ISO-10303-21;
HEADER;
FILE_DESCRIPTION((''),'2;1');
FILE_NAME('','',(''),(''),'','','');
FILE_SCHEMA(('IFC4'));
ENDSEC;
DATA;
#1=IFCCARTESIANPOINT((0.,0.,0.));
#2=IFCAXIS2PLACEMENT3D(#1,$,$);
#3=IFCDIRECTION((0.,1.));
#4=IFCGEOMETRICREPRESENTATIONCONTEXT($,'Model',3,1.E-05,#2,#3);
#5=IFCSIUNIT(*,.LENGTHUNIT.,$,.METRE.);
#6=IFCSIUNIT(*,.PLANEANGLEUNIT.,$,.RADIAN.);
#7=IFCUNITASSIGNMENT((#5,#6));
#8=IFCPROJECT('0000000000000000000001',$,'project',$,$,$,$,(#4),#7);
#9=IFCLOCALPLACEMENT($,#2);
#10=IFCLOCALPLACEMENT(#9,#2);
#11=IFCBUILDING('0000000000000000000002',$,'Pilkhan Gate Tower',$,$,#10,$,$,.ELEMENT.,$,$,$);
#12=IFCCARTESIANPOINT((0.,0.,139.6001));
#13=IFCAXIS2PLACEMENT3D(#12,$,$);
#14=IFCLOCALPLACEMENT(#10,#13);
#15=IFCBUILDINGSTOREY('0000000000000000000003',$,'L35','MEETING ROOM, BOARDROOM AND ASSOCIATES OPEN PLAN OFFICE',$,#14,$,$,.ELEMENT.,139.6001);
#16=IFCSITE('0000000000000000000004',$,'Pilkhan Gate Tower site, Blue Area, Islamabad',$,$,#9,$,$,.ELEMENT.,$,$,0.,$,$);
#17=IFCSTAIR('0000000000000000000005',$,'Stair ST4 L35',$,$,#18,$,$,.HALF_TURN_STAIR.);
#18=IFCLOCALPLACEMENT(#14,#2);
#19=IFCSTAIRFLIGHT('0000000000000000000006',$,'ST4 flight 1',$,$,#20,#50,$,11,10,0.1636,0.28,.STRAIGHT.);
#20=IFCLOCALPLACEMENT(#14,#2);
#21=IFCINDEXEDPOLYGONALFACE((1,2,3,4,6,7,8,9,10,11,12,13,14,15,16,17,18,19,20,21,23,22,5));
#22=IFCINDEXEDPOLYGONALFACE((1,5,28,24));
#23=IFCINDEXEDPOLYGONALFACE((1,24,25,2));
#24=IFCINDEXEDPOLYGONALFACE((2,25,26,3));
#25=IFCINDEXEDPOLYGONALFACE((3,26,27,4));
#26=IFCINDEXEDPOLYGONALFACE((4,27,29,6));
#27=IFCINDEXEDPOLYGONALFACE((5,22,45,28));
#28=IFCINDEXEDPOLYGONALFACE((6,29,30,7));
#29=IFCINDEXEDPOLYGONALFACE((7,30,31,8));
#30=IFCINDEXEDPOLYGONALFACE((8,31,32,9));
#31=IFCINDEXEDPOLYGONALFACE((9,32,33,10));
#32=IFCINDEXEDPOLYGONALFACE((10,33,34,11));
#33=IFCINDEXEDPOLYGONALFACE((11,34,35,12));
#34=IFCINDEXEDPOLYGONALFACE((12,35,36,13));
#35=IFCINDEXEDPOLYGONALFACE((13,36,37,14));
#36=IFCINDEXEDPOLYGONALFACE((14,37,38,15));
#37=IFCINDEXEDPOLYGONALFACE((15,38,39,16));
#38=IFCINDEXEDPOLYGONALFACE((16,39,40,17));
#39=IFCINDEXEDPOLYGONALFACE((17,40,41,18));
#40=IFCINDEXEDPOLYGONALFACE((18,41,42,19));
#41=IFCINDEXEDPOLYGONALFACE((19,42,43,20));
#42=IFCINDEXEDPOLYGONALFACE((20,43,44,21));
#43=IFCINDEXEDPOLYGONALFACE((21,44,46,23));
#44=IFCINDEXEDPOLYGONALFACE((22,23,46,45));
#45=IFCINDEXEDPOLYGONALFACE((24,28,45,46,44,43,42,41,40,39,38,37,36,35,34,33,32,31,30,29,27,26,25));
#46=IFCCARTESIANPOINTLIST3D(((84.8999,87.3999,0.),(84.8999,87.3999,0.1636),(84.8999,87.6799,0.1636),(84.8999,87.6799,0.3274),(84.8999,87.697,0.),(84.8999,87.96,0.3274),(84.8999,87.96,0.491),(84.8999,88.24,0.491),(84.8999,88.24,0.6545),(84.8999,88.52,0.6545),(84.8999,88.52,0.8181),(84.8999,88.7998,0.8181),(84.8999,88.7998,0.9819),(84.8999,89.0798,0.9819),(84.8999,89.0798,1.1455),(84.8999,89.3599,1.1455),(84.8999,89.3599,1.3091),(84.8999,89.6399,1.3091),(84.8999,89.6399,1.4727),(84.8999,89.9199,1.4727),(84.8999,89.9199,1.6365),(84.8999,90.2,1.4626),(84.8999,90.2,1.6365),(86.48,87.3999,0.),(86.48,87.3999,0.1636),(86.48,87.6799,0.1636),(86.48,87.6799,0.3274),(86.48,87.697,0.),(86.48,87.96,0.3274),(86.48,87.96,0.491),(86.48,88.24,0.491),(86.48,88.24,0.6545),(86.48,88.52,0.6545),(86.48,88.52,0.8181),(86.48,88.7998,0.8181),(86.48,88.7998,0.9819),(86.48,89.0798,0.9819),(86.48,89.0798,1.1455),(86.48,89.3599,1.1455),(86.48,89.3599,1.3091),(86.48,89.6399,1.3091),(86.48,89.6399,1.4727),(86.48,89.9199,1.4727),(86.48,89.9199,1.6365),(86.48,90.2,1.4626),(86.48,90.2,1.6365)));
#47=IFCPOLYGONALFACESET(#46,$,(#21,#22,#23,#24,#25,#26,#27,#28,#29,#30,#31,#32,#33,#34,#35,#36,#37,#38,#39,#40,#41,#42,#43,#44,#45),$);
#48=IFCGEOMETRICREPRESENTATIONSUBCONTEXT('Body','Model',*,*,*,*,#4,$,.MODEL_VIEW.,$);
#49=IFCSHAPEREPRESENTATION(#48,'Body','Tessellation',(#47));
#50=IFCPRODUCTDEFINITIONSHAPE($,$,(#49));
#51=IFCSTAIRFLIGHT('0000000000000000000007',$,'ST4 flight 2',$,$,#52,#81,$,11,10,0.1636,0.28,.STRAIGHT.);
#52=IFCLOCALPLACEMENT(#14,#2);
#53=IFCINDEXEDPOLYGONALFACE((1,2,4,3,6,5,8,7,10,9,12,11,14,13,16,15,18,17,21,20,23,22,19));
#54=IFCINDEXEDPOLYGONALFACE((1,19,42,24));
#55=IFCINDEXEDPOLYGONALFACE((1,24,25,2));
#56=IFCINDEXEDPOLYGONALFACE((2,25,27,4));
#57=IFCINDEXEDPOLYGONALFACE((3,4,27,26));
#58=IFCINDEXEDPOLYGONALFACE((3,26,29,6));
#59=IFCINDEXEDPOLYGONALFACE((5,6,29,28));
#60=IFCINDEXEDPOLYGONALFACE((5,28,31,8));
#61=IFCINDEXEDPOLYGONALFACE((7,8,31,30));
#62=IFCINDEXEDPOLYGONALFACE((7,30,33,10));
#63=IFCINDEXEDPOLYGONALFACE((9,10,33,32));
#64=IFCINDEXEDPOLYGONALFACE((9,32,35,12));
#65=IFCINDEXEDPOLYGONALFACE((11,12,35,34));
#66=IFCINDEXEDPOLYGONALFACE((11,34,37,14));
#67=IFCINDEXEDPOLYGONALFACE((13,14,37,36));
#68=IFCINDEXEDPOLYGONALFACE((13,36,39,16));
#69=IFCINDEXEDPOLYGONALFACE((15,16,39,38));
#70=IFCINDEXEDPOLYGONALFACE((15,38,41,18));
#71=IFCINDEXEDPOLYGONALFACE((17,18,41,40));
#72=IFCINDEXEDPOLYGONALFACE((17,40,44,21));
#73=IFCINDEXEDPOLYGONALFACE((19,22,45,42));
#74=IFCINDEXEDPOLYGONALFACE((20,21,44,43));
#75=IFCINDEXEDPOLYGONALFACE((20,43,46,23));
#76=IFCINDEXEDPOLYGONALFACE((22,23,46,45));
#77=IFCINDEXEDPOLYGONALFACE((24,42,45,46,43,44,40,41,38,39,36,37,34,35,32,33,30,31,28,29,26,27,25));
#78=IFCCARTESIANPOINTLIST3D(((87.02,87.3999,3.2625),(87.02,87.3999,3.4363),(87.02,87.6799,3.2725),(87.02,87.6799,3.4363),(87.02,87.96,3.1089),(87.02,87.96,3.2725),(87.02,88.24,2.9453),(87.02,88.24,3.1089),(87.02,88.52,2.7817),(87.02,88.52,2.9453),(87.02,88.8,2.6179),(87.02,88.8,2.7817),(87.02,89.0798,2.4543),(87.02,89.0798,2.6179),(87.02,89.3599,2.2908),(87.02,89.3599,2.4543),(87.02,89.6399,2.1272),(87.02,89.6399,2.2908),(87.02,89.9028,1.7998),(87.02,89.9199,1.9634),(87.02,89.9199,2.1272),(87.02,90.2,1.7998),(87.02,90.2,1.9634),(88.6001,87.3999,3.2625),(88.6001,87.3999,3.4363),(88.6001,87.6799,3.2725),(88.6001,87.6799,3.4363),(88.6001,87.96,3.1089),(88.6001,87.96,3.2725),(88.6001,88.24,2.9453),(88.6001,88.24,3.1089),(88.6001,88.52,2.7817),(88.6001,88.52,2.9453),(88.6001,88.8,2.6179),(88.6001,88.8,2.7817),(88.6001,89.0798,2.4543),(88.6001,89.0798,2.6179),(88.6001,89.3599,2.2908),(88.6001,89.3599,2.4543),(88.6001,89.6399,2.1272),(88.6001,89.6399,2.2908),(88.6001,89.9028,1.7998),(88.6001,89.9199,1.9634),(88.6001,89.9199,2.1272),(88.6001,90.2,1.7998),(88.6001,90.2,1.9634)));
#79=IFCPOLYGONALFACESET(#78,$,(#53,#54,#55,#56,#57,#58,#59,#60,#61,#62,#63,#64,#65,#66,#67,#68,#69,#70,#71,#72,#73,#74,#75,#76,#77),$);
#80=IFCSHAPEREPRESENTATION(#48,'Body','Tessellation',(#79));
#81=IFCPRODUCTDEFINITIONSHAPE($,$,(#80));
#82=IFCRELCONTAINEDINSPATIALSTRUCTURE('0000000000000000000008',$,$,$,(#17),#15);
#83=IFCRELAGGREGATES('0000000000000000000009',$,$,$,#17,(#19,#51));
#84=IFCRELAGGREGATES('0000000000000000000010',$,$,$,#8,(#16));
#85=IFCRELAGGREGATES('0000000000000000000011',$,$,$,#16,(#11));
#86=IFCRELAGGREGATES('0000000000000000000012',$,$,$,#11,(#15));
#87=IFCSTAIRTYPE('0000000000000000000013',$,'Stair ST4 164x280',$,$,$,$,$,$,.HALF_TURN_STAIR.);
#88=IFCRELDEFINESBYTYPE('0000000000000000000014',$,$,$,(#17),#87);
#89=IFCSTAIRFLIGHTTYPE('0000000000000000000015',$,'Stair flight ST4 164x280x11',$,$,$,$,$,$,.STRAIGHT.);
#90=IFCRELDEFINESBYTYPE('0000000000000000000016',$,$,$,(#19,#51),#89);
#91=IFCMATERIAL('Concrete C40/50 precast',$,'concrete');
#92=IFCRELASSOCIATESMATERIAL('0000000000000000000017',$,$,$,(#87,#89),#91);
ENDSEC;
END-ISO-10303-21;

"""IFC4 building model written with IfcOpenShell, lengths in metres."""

from ifc_helpers import new_model, si_unit, direction, frame, origin, place, context, subcontext, project, spatial, polyline, outline, extrude, material, type_object, element, aggregate, save


model = new_model("IFC4")

# Units and contexts
model_context = context("Model", 3, precision=1e-05, world=origin(), true_north=direction((0.0, 1.0)))
body_context = subcontext(model_context, "Body", "Model", "MODEL_VIEW")
ifc_project = project(units=[si_unit("LENGTHUNIT", "METRE"), si_unit("PLANEANGLEUNIT", "RADIAN")], contexts=[model_context])

# Site, building, storey
site_placement = place(None, origin())
site = spatial("IfcSite", under=ifc_project, at=site_placement, Name="Pilkhan Gate Tower site, Blue Area, Islamabad", CompositionType="ELEMENT", RefElevation=0.0)
building_placement = place(site_placement, origin())
building = spatial("IfcBuilding", under=site, at=building_placement, Name="Pilkhan Gate Tower", CompositionType="ELEMENT")
storey_placement = place(building_placement, frame((0.0, 0.0, 139.6001)))
storey = spatial("IfcBuildingStorey", under=building, at=storey_placement, Name="L35", Description="MEETING ROOM, BOARDROOM AND ASSOCIATES OPEN PLAN OFFICE", CompositionType="ELEMENT", Elevation=139.6001)

# Stair, stair flights
ifc_material_1 = material(Name="Concrete C40/50 precast", Category="concrete")
stair_type = type_object("IfcStairType", Name="Stair ST4 164x280", PredefinedType="HALF_TURN_STAIR", material=ifc_material_1)
stair_placement = place(storey_placement, origin())
stair = element("IfcStair", 1, at=stair_placement, inside=storey, type_object=stair_type, Name="Stair ST4 L35", PredefinedType="HALF_TURN_STAIR")
stair_flight_type = type_object("IfcStairFlightType", Name="Stair flight ST4 164x280x11", PredefinedType="STRAIGHT", material=ifc_material_1)
stair_flight_1_placement = place(storey_placement, frame((85.6899, 87.3999, 0.0), z_axis=(0.0, 0.0, 1.0), x_axis=(0.0, 1.0, 0.0)))
stair_flight_1 = element("IfcStairFlight", 2, at=stair_flight_1_placement, type_object=stair_flight_type, Name="ST4 flight 1", NumberOfRisers=11, NumberOfTreads=10, PredefinedType="STRAIGHT", RiserHeight=0.1636, TreadLength=0.28, context=body_context, shape_type="SweptSolid", body=[
    extrude(outline(polyline([(0.0, 0.0), (0.0, 0.1636), (0.28, 0.1636), (0.28, 0.3274), (0.5601, 0.3274), (0.5601, 0.491), (0.8401, 0.491), (0.8401, 0.6545), (1.1201, 0.6545), (1.1201, 0.8181), (1.3999, 0.8181), (1.3999, 0.9819), (1.6799, 0.9819), (1.6799, 1.1455), (1.96, 1.1455), (1.96, 1.3091), (2.24, 1.3091), (2.24, 1.4727), (2.52, 1.4727), (2.52, 1.6365), (2.8, 1.6365), (2.8, 1.8), (2.8, 1.4626), (0.2971, 0.0), (0.0, 0.0)])), frame((0.0, 0.79, 0.0), z_axis=(0.0, -1.0, 0.0), x_axis=(1.0, 0.0, 0.0)), (0.0, 0.0, 1.0), 1.5801),
])
stair_flight_2_placement = place(storey_placement, frame((87.8101, 90.2, 1.7998), z_axis=(0.0, 0.0, 1.0), x_axis=(0.0, -1.0, 0.0)))
stair_flight_2 = element("IfcStairFlight", 3, at=stair_flight_2_placement, type_object=stair_flight_type, Name="ST4 flight 2", NumberOfRisers=11, NumberOfTreads=10, PredefinedType="STRAIGHT", RiserHeight=0.1636, TreadLength=0.28, context=body_context, shape_type="SweptSolid", body=[
    extrude(outline(polyline([(0.0, 0.0), (0.0, 0.1636), (0.28, 0.1636), (0.28, 0.3274), (0.5601, 0.3274), (0.5601, 0.491), (0.8401, 0.491), (0.8401, 0.6545), (1.1201, 0.6545), (1.1201, 0.8181), (1.3999, 0.8181), (1.3999, 0.9819), (1.6799, 0.9819), (1.6799, 1.1455), (1.96, 1.1455), (1.96, 1.3091), (2.24, 1.3091), (2.24, 1.4727), (2.52, 1.4727), (2.52, 1.6365), (2.8, 1.6365), (2.8, 1.8), (2.8, 1.4626), (0.2971, 0.0), (0.0, 0.0)])), frame((0.0, 0.79, 0.0), z_axis=(0.0, -1.0, 0.0), x_axis=(1.0, 0.0, 0.0)), (0.0, 0.0, 1.0), 1.5801),
])
aggregate(stair, [stair_flight_1, stair_flight_2])

save(model, "model.ifc")
